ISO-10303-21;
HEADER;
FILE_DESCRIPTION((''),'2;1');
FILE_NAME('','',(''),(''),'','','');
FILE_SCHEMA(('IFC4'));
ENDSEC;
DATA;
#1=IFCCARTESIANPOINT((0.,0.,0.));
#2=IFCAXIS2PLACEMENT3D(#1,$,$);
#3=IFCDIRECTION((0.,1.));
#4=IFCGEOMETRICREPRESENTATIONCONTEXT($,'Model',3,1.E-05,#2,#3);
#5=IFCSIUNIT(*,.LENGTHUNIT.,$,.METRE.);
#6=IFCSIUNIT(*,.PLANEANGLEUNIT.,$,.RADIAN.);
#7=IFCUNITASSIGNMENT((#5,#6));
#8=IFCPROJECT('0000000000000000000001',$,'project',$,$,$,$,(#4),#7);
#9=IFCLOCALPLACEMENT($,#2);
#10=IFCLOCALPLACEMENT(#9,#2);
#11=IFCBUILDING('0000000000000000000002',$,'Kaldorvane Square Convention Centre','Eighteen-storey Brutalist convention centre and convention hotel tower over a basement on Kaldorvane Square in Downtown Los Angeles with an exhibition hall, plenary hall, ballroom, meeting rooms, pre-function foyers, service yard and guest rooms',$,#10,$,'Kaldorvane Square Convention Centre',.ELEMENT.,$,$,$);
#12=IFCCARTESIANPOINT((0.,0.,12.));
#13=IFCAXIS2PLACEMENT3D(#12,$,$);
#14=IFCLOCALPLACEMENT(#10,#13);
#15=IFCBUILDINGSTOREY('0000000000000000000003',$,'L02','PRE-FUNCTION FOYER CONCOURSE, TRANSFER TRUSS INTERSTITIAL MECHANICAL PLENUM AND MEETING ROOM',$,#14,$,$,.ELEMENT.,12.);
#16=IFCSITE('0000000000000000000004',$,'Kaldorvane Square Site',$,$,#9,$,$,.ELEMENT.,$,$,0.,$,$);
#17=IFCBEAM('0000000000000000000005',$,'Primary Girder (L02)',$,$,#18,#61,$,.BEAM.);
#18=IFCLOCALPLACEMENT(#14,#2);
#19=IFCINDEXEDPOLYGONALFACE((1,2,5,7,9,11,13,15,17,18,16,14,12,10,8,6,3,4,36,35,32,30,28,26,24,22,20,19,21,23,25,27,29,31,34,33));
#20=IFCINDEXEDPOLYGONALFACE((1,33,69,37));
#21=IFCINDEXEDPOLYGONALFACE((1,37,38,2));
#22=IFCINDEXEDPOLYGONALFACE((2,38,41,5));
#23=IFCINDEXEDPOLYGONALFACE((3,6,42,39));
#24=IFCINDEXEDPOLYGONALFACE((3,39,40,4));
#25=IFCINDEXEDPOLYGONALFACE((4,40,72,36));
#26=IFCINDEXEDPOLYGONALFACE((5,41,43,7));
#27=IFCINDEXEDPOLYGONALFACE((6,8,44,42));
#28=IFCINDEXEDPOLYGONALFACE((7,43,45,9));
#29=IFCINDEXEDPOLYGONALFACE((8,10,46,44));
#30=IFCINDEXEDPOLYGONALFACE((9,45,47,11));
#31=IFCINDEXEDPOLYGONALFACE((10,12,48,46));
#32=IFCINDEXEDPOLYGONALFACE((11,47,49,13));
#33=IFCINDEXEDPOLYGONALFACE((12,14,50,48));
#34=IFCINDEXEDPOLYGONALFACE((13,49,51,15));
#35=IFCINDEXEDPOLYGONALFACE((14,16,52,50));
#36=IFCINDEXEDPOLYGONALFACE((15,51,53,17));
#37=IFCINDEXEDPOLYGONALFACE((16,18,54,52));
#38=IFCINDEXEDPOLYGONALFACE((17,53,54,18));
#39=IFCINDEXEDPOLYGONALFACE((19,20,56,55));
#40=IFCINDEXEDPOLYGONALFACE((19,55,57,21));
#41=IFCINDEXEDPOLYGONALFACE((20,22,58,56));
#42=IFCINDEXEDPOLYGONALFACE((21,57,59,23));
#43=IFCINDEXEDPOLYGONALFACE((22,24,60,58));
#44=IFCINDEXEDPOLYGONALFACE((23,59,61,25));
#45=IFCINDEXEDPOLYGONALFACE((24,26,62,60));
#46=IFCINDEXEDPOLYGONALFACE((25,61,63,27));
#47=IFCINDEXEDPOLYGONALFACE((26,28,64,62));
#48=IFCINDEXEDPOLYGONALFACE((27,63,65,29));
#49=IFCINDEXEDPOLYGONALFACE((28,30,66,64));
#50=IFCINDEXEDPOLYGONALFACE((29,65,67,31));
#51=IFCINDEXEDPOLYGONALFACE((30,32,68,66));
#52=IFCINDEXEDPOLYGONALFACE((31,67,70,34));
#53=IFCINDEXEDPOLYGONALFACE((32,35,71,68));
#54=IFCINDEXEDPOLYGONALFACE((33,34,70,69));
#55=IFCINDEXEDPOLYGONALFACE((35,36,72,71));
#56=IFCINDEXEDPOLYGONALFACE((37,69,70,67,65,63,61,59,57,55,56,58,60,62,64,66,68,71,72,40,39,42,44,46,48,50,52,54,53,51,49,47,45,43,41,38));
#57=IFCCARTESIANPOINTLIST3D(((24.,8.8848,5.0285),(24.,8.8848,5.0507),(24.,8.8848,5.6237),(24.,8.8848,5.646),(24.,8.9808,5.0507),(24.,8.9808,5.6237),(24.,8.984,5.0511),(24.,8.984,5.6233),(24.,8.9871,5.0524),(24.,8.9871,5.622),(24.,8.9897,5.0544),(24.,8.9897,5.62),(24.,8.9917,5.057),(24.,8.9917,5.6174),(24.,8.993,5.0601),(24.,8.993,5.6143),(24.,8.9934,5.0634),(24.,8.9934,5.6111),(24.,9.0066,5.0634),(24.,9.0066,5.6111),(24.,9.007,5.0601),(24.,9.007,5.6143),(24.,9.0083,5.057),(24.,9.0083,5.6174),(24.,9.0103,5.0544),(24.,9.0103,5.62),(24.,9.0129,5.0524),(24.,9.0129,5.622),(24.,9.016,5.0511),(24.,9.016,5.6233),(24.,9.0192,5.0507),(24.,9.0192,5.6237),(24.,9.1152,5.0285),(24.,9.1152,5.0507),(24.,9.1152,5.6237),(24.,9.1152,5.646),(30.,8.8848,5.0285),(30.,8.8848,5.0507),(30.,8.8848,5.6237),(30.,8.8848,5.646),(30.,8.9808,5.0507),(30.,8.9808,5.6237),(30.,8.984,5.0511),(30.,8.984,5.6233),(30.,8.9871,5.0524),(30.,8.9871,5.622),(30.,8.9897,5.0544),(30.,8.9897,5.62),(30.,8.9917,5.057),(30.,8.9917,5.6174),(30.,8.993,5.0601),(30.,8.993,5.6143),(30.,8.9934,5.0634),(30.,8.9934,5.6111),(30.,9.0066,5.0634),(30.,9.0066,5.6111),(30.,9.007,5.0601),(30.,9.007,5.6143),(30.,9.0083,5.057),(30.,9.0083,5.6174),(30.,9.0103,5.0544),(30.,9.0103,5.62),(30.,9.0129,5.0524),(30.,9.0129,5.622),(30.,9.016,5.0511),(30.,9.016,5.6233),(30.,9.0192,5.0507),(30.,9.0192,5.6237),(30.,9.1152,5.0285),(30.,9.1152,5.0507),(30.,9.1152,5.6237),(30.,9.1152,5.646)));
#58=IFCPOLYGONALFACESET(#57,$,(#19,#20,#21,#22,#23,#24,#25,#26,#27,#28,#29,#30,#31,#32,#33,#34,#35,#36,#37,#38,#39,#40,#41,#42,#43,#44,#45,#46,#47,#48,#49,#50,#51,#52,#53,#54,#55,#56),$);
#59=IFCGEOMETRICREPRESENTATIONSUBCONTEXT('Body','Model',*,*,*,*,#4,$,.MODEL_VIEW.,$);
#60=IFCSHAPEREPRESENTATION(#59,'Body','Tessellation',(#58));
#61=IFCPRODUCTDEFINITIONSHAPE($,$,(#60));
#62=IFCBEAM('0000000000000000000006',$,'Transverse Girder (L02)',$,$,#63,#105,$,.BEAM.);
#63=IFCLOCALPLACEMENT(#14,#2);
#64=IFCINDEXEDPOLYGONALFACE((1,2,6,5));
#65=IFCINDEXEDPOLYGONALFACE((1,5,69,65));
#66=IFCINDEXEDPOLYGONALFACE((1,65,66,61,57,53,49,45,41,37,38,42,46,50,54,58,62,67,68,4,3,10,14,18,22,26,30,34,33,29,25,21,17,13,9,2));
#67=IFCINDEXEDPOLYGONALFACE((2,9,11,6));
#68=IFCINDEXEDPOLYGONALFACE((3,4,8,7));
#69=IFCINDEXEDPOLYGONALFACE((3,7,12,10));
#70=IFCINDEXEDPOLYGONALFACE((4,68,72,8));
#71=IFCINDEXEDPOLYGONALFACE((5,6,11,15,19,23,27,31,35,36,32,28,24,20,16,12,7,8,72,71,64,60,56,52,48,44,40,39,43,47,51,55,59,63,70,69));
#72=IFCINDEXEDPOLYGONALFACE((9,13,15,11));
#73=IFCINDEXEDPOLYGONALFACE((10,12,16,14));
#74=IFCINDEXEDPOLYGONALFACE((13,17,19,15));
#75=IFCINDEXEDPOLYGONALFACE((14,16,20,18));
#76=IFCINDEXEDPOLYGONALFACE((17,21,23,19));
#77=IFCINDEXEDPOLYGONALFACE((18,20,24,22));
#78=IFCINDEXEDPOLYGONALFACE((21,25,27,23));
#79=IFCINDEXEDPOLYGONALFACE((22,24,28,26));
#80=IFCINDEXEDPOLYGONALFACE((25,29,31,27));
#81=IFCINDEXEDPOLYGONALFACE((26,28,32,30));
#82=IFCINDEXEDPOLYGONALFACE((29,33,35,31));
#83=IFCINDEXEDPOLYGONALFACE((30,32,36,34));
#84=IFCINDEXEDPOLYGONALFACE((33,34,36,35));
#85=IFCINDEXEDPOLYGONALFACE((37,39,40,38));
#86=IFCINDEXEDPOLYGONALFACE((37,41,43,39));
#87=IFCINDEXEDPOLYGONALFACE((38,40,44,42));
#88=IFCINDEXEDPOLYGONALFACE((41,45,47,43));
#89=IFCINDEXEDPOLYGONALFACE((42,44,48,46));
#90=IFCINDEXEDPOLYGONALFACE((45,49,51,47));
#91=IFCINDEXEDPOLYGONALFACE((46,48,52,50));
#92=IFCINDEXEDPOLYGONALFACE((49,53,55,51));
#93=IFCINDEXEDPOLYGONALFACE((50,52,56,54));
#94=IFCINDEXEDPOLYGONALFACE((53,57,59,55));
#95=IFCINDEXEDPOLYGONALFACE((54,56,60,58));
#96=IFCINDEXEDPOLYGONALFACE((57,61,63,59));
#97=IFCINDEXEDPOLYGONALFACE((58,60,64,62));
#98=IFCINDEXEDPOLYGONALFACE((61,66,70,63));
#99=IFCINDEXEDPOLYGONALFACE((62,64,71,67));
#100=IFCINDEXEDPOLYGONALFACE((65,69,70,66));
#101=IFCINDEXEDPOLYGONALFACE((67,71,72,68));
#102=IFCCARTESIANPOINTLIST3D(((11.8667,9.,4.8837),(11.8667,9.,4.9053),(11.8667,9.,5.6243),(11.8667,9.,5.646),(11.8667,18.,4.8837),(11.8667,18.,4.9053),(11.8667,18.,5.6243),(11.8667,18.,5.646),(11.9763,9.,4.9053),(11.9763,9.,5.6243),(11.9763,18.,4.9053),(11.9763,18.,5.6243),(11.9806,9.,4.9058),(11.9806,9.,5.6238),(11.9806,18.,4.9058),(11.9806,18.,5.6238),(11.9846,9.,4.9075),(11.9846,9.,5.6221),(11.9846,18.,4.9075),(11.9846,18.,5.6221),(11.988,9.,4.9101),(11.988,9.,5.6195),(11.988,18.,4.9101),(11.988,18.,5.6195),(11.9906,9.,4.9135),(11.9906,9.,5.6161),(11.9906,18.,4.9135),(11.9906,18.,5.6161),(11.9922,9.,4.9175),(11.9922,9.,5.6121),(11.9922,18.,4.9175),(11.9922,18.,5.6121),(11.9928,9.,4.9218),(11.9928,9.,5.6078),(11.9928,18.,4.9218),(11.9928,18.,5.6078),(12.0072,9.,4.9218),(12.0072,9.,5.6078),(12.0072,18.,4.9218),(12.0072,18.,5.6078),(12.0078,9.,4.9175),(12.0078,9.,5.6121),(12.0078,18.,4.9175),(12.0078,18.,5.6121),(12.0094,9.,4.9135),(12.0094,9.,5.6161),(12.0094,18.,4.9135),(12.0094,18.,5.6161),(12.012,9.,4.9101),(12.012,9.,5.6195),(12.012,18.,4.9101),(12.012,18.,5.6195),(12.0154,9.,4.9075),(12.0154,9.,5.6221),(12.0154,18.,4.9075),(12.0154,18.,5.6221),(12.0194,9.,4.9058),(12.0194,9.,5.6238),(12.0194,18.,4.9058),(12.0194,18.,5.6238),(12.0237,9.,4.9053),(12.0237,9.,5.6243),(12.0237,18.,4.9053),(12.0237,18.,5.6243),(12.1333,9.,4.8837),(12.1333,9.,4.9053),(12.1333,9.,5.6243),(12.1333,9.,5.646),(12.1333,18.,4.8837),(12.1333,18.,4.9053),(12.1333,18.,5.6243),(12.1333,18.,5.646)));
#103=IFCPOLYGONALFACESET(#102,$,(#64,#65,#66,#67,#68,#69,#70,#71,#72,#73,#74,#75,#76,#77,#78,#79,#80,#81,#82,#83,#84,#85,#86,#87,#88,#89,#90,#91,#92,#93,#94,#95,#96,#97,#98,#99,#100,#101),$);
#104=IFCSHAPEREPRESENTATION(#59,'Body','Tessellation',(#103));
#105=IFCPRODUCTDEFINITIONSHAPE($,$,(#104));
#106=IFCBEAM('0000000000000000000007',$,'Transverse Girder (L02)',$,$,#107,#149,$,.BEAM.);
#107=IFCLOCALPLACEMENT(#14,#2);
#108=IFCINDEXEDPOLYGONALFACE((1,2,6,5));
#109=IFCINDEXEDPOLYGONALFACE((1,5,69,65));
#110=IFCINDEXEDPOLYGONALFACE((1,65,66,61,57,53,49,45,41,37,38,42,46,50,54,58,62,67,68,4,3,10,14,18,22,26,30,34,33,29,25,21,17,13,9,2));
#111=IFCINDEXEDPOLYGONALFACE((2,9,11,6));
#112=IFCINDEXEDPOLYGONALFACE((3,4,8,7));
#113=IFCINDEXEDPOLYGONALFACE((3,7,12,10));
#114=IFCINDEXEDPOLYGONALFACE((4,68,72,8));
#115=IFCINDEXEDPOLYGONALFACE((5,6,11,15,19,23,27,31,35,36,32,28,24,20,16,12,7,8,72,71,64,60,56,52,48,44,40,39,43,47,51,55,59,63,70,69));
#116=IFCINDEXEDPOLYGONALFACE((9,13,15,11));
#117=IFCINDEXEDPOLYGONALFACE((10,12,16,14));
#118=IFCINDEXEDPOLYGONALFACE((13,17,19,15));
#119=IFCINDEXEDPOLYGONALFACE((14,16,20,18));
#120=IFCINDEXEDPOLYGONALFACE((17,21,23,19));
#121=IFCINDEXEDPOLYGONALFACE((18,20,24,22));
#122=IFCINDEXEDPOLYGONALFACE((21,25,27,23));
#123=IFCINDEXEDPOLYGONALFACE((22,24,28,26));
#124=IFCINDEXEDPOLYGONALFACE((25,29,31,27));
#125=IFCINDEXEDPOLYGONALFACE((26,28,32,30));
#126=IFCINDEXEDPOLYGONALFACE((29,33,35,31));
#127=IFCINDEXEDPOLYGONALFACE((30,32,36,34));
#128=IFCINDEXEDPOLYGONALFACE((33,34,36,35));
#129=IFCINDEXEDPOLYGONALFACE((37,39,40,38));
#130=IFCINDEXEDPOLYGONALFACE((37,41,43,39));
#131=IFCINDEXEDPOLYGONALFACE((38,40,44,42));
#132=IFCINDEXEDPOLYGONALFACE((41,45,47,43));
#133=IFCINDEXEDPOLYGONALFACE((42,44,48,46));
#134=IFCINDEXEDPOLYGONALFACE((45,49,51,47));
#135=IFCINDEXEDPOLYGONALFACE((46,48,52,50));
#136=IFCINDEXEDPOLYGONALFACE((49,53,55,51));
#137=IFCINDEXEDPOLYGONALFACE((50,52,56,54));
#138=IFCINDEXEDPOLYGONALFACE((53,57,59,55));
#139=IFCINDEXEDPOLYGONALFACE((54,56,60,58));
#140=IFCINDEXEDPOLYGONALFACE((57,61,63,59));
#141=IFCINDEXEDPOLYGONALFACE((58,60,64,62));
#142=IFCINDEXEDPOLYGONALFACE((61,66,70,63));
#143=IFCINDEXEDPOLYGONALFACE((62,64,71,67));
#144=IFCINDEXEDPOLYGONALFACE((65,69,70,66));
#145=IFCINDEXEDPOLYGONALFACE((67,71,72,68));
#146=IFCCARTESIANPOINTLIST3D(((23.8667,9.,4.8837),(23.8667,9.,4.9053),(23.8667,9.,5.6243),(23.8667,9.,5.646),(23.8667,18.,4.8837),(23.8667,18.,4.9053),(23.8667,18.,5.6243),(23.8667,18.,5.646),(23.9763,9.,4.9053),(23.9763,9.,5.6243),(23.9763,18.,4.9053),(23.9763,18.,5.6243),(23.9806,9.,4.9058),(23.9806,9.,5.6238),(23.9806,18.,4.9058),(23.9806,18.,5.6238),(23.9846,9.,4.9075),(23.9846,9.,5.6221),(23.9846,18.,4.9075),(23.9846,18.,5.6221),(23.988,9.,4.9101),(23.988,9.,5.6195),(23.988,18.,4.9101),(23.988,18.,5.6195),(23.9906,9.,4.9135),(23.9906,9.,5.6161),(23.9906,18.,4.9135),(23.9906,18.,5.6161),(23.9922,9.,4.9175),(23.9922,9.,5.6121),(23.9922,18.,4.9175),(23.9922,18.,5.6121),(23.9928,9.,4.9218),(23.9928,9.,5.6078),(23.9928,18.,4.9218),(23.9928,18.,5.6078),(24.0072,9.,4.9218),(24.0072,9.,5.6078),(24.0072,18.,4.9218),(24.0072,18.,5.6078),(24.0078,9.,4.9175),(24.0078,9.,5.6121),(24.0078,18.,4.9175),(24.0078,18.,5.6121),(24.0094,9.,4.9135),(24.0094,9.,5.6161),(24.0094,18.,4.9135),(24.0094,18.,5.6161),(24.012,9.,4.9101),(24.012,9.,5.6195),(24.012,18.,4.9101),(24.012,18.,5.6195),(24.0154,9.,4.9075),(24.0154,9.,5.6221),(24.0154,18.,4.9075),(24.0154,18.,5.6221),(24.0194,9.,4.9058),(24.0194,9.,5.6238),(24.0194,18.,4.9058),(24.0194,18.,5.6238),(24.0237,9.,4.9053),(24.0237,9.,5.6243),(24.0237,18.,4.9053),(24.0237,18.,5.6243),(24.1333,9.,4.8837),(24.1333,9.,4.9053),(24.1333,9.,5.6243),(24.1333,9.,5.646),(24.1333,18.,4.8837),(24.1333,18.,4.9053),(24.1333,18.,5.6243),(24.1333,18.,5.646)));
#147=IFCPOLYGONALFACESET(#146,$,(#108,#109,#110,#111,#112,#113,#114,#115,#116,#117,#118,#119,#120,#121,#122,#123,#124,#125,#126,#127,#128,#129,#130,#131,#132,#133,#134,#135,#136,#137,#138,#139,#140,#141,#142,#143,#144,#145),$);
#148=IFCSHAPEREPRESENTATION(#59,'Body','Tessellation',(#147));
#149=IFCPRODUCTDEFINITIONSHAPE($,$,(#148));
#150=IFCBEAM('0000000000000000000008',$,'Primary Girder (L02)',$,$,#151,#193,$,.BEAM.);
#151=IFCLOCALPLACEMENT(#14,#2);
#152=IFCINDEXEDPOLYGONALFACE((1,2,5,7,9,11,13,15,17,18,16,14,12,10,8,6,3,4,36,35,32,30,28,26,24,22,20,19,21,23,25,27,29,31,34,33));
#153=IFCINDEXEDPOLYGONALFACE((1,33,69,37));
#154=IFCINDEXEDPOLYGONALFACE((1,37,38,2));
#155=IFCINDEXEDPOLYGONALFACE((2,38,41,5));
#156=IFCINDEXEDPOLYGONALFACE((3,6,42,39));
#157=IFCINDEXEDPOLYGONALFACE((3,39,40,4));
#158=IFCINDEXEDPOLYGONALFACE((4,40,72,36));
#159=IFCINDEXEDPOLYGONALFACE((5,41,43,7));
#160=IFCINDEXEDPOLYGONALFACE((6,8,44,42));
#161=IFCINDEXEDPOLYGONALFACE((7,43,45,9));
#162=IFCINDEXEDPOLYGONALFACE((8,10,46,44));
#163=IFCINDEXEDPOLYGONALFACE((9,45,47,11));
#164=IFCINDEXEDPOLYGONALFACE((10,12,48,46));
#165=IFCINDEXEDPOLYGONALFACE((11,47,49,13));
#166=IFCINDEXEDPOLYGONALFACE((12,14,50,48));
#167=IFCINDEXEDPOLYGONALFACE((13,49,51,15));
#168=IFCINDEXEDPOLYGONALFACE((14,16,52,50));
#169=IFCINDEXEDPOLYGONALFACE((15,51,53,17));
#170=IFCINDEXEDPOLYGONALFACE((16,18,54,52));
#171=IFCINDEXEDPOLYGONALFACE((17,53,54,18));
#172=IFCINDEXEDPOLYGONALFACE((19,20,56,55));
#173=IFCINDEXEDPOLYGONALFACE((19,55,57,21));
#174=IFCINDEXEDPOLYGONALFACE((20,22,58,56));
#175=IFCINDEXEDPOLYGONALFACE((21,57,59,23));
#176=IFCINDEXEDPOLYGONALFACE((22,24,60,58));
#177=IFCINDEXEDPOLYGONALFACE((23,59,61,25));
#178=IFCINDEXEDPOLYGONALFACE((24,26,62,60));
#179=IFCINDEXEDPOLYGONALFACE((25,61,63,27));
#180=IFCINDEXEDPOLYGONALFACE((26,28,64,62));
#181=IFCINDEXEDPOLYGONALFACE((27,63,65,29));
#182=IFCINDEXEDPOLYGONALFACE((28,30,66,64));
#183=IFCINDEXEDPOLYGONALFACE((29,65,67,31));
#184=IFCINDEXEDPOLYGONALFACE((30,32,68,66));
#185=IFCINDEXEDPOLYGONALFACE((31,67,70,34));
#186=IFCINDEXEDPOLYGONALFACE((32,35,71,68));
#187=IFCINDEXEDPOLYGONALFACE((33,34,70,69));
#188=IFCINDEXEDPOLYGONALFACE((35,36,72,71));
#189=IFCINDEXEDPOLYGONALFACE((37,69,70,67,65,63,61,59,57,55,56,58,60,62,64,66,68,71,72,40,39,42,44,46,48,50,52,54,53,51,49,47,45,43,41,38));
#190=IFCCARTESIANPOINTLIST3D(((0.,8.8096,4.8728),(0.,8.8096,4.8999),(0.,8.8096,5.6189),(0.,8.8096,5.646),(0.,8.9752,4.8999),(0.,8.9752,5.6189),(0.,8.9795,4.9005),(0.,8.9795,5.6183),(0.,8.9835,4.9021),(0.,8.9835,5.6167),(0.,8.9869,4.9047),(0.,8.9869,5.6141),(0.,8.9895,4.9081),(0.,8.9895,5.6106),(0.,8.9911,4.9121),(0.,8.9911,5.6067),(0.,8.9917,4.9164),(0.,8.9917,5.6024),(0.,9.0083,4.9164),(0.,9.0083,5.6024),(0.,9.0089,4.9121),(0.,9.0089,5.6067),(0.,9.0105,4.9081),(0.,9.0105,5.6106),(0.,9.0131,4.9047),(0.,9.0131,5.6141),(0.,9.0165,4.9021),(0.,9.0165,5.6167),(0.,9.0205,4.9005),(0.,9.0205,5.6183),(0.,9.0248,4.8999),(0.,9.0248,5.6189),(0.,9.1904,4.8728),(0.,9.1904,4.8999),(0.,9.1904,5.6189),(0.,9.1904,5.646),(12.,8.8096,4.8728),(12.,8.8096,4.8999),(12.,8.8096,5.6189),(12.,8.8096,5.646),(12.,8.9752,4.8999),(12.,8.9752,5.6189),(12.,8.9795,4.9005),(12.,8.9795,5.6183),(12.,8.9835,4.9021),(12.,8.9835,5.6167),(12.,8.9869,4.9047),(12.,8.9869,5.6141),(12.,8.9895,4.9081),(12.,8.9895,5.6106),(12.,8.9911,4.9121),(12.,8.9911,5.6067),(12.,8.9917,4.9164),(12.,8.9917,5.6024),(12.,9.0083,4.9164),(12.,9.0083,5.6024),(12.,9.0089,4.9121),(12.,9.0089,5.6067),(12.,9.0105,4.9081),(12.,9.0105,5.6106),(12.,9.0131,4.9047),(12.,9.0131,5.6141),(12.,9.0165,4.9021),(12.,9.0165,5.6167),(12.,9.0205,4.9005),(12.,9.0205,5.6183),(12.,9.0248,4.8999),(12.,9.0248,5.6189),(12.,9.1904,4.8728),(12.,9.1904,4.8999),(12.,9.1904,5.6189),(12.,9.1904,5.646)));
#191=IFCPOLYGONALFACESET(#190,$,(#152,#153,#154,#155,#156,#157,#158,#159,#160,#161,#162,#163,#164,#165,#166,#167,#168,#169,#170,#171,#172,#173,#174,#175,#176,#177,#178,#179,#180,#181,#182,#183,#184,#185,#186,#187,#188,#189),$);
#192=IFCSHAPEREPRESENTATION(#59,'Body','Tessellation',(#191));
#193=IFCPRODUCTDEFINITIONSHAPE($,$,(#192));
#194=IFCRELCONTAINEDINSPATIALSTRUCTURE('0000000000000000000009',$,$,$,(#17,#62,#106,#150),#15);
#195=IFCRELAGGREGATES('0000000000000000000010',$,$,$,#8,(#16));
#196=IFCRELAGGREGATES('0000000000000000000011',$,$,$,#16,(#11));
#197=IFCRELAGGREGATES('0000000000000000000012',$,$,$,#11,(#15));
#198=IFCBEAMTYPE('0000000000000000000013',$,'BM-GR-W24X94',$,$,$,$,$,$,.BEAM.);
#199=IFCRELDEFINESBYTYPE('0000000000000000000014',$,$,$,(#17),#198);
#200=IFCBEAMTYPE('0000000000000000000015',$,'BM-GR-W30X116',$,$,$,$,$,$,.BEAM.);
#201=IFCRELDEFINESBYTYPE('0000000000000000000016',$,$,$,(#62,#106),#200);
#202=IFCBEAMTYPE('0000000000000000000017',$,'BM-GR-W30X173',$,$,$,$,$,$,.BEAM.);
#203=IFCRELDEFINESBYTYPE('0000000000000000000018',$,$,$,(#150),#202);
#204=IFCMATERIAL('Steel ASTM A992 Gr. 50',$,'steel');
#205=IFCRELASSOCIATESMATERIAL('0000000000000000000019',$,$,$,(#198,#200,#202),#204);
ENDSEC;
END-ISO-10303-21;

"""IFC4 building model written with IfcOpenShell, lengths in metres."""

from ifc_helpers import new_model, si_unit, direction, frame, origin, origin_2d, place, context, subcontext, project, spatial, i_section, extrude, material, material_profile, profile_set, type_object, element, save


model = new_model("IFC4")

# Units and contexts
model_context = context("Model", 3, precision=1e-05, world=origin(), true_north=direction((0.0, 1.0)))
body_context = subcontext(model_context, "Body", "Model", "MODEL_VIEW")
ifc_project = project(units=[si_unit("LENGTHUNIT", "METRE"), si_unit("PLANEANGLEUNIT", "RADIAN")], contexts=[model_context])

# Site, building, storey
site_placement = place(None, origin())
site = spatial("IfcSite", under=ifc_project, at=site_placement, Name="Kaldorvane Square Site", CompositionType="ELEMENT", RefElevation=0.0)
building_placement = place(site_placement, origin())
building = spatial("IfcBuilding", under=site, at=building_placement, Name="Kaldorvane Square Convention Centre", Description="Eighteen-storey Brutalist convention centre and convention hotel tower over a basement on Kaldorvane Square in Downtown Los Angeles with an exhibition hall, plenary hall, ballroom, meeting rooms, pre-function foyers, service yard and guest rooms", LongName="Kaldorvane Square Convention Centre", CompositionType="ELEMENT")
storey_placement = place(building_placement, frame((0.0, 0.0, 12.0)))
storey = spatial("IfcBuildingStorey", under=building, at=storey_placement, Name="L02", Description="PRE-FUNCTION FOYER CONCOURSE, TRANSFER TRUSS INTERSTITIAL MECHANICAL PLENUM AND MEETING ROOM", CompositionType="ELEMENT", Elevation=12.0)

# Shared definitions
ifc_material_1 = material(Name="Steel ASTM A992 Gr. 50", Category="steel")

# Beams
ifc_material_profile_1 = material_profile(ifc_material_1, i_section(OverallWidth=0.2303, OverallDepth=0.6175, WebThickness=0.0131, FlangeThickness=0.0222, FilletRadius=0.0127, at=origin_2d()), Name="W24X94")
ifc_profile_set_1 = profile_set([ifc_material_profile_1], Name="Steel ASTM A992 Gr. 50")
beam_type_1 = type_object("IfcBeamType", Name="BM-GR-W24X94", PredefinedType="BEAM", material=ifc_profile_set_1)
beam_1_placement = place(storey_placement, frame((24.0, 9.0, 5.3372), z_axis=(1.0, 0.0, 0.0), x_axis=(0.0, 1.0, 0.0)))
element("IfcBeam", 1, at=beam_1_placement, inside=storey, type_object=beam_type_1, Name="Primary Girder (L02)", PredefinedType="BEAM", context=body_context, shape_type="SweptSolid", body=[
    extrude(i_section(OverallWidth=0.2303, OverallDepth=0.6175, WebThickness=0.0131, FlangeThickness=0.0222, FilletRadius=0.0127, at=origin_2d()), origin(), (0.0, 0.0, 1.0), 6.0),
])
ifc_material_profile_2 = material_profile(ifc_material_1, i_section(OverallWidth=0.2666, OverallDepth=0.7623, WebThickness=0.0144, FlangeThickness=0.0216, FilletRadius=0.0165, at=origin_2d()), Name="W30X116")
ifc_profile_set_2 = profile_set([ifc_material_profile_2], Name="Steel ASTM A992 Gr. 50")
beam_type_2 = type_object("IfcBeamType", Name="BM-GR-W30X116", PredefinedType="BEAM", material=ifc_profile_set_2)
for number, where, z_axis, x_axis, name in (
    (2, (12.0, 9.0, 5.2648), (0.0, 1.0, 0.0), (-1.0, 0.0, 0.0), "Transverse Girder (L02)"),
    (3, (24.0, 9.0, 5.2648), (0.0, 1.0, 0.0), (-1.0, 0.0, 0.0), "Transverse Girder (L02)"),
):
    element("IfcBeam", number, at=place(storey_placement, frame(where, z_axis=z_axis, x_axis=x_axis)), inside=storey, type_object=beam_type_2, Name=name, PredefinedType="BEAM", context=body_context, shape_type="SweptSolid", body=[
        extrude(i_section(OverallWidth=0.2666, OverallDepth=0.7623, WebThickness=0.0144, FlangeThickness=0.0216, FilletRadius=0.0165, at=origin_2d()), origin(), (0.0, 0.0, 1.0), 9.0),
    ])
ifc_material_profile_3 = material_profile(ifc_material_1, i_section(OverallWidth=0.3807, OverallDepth=0.7732, WebThickness=0.0166, FlangeThickness=0.0271, FilletRadius=0.0165, at=origin_2d()), Name="W30X173")
ifc_profile_set_3 = profile_set([ifc_material_profile_3], Name="Steel ASTM A992 Gr. 50")
beam_type_3 = type_object("IfcBeamType", Name="BM-GR-W30X173", PredefinedType="BEAM", material=ifc_profile_set_3)
for number, where, z_axis, x_axis, name in (
    (4, (0.0, 9.0, 5.2594), (1.0, 0.0, 0.0), (0.0, 1.0, 0.0), "Primary Girder (L02)"),
):
    element("IfcBeam", number, at=place(storey_placement, frame(where, z_axis=z_axis, x_axis=x_axis)), inside=storey, type_object=beam_type_3, Name=name, PredefinedType="BEAM", context=body_context, shape_type="SweptSolid", body=[
        extrude(i_section(OverallWidth=0.3807, OverallDepth=0.7732, WebThickness=0.0166, FlangeThickness=0.0271, FilletRadius=0.0165, at=origin_2d()), origin(), (0.0, 0.0, 1.0), 12.0),
    ])

save(model, "model.ifc")
